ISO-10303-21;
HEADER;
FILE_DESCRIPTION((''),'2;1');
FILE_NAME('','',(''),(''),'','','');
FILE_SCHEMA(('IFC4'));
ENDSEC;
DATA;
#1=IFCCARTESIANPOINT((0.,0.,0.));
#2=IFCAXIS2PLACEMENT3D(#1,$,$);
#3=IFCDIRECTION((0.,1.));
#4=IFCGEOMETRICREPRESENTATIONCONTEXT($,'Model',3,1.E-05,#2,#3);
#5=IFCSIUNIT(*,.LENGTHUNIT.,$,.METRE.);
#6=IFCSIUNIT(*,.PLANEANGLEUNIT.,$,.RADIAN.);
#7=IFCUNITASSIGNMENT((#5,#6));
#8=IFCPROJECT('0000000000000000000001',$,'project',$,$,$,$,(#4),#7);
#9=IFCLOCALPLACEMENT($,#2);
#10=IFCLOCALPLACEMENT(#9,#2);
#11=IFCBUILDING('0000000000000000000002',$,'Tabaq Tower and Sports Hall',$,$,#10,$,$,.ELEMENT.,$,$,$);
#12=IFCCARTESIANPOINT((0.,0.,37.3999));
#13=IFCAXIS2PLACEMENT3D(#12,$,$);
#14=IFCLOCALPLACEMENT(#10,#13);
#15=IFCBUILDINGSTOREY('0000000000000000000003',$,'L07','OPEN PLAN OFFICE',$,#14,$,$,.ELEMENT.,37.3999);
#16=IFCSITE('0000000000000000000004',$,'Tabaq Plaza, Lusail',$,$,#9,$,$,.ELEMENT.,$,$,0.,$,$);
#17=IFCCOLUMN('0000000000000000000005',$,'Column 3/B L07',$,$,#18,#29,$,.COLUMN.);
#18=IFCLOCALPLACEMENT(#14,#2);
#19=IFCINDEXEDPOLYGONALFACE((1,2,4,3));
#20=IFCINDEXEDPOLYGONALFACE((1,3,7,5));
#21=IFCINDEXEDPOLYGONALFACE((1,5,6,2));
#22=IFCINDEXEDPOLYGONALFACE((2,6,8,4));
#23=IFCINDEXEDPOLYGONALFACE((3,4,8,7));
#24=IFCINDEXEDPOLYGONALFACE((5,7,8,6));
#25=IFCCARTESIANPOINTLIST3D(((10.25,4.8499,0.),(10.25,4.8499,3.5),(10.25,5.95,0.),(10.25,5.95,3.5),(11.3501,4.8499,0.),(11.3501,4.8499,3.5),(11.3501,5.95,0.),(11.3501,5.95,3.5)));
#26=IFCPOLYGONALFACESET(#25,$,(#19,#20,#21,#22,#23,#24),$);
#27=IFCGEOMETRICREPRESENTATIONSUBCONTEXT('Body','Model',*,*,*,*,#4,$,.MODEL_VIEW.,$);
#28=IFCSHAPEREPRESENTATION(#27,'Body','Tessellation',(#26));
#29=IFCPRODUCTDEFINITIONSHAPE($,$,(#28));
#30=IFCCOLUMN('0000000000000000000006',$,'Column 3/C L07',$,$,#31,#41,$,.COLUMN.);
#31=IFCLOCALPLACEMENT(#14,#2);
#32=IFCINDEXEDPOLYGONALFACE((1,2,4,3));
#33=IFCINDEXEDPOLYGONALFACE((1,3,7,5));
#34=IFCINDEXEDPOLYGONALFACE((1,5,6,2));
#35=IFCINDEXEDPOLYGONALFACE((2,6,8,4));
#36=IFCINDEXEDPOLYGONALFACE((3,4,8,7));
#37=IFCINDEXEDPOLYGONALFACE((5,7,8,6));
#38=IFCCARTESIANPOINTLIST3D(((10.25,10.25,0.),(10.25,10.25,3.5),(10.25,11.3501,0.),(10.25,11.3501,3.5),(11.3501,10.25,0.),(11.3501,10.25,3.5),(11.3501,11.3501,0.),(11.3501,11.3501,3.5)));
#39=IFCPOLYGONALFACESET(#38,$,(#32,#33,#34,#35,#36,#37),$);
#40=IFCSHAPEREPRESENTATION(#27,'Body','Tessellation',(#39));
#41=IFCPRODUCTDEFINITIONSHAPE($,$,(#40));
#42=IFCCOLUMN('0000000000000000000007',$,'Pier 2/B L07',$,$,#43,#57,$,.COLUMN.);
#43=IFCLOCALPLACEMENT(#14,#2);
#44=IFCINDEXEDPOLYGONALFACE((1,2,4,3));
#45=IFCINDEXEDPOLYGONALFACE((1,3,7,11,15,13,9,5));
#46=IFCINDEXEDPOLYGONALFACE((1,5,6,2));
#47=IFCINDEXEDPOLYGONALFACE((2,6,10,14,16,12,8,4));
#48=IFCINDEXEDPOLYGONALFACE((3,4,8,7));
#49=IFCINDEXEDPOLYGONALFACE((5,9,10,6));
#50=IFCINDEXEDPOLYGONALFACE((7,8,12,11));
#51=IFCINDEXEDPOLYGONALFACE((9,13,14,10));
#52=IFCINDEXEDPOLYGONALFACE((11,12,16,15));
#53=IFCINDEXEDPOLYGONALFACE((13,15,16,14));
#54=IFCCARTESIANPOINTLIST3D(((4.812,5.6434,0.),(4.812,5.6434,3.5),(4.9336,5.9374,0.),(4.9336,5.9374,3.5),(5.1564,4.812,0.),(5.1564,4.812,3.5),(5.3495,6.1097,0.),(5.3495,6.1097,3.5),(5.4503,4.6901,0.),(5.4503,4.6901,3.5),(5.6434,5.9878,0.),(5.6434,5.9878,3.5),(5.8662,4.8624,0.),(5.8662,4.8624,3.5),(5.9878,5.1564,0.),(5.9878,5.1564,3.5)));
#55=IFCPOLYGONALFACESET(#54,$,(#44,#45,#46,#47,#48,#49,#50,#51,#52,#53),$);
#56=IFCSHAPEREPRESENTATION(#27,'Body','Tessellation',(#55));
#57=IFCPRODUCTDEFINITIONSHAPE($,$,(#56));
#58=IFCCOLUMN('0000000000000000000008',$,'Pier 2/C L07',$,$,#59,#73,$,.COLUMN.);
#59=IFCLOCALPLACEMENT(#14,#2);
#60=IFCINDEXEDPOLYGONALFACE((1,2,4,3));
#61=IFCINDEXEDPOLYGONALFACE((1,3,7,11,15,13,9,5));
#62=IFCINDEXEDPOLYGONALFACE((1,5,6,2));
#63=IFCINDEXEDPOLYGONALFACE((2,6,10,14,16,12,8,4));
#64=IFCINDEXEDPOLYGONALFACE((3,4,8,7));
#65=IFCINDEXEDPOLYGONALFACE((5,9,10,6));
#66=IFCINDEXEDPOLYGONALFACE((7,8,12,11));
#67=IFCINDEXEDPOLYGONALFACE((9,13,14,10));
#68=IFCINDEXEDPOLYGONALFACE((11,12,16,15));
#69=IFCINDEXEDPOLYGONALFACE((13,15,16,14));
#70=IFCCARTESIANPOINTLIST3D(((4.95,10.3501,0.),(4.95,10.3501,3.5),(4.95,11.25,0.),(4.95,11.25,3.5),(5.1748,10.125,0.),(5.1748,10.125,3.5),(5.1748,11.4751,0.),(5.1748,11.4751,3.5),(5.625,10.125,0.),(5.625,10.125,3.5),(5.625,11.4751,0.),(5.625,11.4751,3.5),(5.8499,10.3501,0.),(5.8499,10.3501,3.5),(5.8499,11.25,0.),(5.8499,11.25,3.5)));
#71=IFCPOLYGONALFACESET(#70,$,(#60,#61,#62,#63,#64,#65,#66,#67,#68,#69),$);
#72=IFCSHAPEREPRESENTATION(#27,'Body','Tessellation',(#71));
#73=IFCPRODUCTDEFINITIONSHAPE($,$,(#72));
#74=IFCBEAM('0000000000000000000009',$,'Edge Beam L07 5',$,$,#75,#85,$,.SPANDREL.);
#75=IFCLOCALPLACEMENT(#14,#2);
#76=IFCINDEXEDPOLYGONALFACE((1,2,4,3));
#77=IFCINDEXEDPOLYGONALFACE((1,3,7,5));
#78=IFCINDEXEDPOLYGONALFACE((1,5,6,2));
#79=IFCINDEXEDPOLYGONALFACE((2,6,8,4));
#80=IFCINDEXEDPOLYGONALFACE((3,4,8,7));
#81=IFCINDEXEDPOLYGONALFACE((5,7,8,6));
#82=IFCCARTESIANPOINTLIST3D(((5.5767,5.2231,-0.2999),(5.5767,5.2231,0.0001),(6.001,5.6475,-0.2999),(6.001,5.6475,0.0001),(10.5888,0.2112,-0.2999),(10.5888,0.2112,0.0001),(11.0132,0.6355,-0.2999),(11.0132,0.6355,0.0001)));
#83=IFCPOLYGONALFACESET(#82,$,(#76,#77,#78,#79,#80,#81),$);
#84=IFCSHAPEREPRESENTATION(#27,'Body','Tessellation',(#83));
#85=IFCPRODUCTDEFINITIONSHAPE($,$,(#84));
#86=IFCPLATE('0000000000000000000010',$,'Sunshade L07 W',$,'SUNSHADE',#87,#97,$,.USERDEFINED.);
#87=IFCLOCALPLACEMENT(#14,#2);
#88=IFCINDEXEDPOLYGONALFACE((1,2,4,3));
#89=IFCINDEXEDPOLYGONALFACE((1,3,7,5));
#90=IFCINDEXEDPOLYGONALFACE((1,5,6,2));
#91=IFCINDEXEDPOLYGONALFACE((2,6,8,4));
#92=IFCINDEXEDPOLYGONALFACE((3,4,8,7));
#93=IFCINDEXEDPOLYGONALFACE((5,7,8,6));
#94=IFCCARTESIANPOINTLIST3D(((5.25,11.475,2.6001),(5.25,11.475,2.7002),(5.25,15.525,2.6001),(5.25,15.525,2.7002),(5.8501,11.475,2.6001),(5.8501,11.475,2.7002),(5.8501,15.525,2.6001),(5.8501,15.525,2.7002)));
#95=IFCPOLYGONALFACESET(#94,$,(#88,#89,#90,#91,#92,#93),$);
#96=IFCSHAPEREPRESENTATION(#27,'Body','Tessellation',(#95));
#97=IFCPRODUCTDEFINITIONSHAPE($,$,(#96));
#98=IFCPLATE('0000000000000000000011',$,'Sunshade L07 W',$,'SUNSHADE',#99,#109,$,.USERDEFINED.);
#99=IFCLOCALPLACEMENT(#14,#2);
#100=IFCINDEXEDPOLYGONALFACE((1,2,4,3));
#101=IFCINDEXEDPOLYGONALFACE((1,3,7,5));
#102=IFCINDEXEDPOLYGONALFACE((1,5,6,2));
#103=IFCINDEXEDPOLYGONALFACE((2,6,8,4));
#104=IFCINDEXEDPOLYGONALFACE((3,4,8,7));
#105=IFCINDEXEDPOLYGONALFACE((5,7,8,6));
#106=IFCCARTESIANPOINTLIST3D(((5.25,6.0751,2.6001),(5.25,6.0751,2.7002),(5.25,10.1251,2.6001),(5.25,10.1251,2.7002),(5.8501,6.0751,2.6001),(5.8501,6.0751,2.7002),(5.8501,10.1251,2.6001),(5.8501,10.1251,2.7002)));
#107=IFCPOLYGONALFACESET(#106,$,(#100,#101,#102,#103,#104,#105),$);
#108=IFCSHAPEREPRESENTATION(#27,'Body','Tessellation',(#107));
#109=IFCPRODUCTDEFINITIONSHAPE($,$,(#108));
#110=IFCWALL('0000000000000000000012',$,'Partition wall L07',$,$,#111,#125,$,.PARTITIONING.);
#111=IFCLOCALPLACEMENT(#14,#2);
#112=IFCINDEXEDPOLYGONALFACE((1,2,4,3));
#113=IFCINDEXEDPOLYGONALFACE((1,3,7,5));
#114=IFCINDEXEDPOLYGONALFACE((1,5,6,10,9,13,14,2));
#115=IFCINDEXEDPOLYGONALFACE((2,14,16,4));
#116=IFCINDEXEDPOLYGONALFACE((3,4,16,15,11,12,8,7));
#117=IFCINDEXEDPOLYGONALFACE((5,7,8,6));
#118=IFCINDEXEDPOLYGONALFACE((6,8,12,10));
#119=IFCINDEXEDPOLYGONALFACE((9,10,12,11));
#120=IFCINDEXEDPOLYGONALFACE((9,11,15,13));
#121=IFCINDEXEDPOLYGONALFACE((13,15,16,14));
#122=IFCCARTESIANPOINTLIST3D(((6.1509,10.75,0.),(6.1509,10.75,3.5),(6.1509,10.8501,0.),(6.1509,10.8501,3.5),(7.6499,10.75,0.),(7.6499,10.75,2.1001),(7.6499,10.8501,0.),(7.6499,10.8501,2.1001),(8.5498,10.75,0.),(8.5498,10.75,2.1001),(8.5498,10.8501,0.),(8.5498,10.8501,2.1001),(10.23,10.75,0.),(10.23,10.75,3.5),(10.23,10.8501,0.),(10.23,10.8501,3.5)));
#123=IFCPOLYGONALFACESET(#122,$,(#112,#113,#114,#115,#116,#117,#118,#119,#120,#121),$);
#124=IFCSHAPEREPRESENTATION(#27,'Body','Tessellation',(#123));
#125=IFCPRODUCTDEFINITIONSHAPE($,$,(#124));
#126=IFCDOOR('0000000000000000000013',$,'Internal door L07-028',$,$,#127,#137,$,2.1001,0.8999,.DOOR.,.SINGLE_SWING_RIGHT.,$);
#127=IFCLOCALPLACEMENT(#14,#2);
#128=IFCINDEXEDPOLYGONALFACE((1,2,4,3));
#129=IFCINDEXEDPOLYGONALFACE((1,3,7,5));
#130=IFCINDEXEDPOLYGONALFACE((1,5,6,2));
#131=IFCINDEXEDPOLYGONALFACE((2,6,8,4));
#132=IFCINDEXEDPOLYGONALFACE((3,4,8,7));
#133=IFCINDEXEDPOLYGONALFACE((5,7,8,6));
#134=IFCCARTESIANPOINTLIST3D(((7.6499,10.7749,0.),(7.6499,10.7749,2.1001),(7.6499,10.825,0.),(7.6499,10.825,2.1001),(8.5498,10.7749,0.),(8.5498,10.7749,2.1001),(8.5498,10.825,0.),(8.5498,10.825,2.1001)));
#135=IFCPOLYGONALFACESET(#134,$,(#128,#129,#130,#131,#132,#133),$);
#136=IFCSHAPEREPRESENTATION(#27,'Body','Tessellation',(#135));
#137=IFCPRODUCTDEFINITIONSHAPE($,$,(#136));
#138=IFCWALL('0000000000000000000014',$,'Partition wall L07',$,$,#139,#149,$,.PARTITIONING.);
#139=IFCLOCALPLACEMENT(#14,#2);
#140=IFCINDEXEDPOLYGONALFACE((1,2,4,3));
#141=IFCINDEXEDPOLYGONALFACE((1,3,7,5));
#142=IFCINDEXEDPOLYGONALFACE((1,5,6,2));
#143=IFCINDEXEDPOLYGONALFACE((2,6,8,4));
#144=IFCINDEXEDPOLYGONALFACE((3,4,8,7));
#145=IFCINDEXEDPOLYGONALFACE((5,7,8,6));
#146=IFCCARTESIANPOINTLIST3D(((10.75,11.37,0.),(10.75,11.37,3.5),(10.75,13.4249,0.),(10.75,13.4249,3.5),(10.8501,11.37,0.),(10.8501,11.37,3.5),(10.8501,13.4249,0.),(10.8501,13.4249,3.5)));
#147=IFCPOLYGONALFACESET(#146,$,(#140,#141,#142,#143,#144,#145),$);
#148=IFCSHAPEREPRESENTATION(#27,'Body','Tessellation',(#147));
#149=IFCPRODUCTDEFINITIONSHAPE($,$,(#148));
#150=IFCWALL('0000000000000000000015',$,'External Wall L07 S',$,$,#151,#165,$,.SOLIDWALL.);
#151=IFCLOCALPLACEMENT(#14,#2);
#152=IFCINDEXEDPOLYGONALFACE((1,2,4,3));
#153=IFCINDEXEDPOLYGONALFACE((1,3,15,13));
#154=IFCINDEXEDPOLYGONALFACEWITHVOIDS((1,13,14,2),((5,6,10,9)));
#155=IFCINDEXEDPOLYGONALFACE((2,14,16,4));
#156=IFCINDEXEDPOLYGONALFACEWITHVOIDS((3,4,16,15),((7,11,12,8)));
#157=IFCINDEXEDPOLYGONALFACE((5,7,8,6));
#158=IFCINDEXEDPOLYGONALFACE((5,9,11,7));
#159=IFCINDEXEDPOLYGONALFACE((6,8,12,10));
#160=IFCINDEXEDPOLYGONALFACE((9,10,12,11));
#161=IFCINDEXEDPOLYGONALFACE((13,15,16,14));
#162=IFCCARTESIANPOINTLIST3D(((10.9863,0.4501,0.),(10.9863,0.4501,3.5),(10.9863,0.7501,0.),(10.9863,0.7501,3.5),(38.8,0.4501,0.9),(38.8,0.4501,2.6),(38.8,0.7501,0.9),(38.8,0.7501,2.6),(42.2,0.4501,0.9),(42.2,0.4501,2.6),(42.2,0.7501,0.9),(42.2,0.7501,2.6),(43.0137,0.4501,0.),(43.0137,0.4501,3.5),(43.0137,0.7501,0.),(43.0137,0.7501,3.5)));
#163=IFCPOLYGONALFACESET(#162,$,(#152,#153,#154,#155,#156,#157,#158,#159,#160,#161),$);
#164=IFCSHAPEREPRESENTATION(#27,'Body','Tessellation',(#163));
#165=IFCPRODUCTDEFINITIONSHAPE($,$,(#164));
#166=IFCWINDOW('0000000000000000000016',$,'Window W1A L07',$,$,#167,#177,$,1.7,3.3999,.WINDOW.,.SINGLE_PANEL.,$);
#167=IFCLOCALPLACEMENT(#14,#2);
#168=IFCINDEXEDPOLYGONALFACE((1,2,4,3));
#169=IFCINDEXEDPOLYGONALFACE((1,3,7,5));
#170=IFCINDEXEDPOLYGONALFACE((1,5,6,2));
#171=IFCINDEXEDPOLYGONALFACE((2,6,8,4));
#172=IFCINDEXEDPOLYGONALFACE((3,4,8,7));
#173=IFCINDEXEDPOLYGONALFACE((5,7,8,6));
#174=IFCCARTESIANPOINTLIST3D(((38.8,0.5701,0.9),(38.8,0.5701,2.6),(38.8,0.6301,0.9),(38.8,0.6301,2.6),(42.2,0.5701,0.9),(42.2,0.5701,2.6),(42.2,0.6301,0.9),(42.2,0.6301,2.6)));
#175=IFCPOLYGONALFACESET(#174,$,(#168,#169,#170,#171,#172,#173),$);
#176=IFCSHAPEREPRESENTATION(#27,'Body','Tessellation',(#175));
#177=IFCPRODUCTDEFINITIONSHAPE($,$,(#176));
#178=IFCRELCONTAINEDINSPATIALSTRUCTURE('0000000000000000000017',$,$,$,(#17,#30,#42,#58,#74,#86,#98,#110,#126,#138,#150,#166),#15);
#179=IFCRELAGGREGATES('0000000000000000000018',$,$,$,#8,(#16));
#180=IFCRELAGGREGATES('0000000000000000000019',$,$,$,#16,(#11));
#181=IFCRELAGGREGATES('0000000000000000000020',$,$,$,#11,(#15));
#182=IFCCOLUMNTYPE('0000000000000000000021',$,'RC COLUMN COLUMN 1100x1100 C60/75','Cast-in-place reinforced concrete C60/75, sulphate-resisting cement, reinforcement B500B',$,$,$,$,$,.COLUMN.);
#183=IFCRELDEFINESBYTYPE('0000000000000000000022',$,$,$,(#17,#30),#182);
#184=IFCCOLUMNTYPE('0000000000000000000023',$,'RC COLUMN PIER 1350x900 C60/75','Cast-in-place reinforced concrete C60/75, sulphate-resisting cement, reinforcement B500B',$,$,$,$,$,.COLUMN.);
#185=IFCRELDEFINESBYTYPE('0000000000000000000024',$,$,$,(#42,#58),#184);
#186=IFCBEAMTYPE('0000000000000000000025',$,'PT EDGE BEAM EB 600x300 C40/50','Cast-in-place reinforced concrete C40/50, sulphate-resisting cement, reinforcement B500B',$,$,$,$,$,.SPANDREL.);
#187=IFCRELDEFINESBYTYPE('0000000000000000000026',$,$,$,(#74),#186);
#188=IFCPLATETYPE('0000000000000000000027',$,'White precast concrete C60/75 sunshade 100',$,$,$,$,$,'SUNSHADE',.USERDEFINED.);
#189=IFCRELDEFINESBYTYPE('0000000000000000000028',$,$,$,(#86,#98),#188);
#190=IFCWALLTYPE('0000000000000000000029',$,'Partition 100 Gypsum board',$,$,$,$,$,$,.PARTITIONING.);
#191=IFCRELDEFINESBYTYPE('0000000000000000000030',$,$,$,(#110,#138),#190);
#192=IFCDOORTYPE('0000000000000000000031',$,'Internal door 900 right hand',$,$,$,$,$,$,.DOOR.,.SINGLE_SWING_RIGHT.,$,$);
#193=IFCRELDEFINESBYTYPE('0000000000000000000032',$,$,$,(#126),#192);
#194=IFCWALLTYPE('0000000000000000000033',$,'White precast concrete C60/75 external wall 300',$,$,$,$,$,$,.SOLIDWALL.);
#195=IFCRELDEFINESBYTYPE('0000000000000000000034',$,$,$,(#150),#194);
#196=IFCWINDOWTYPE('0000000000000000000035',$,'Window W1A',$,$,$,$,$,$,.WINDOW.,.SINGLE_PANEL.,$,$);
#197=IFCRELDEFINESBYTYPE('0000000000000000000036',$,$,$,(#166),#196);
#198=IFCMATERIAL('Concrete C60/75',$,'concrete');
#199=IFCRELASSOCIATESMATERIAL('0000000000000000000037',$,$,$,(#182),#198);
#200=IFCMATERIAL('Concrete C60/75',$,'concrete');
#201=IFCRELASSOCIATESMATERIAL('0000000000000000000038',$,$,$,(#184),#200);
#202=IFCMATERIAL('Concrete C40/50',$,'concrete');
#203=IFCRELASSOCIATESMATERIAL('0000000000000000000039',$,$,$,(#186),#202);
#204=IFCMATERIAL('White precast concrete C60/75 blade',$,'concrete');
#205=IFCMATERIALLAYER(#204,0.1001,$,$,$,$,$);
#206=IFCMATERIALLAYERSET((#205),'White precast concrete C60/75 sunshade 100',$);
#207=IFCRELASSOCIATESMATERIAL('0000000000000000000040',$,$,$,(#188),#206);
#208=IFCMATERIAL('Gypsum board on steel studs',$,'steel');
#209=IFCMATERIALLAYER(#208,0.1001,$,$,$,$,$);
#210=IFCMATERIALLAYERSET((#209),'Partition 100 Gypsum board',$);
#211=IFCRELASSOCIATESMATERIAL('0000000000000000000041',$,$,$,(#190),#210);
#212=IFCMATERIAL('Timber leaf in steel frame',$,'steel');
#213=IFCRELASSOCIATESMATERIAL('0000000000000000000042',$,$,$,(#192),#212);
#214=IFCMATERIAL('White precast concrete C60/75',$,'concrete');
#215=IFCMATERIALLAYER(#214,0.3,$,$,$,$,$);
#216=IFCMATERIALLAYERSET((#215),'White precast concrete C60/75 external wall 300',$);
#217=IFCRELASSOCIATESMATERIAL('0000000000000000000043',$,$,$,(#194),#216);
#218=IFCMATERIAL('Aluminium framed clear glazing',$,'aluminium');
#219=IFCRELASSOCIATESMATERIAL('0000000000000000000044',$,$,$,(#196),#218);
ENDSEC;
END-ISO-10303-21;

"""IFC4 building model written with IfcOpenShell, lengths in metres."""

from ifc_helpers import new_model, si_unit, direction, frame, frame_2d, origin, origin_2d, place, context, subcontext, project, spatial, polyline, rectangle, outline, extrude, material, layer, layer_set, material_profile, profile_set, type_object, element, fill, save


model = new_model("IFC4")

# Units and contexts
model_context = context("Model", 3, precision=1e-05, world=origin(), true_north=direction((0.0, 1.0)))
body_context = subcontext(model_context, "Body", "Model", "MODEL_VIEW")
ifc_project = project(units=[si_unit("LENGTHUNIT", "METRE"), si_unit("PLANEANGLEUNIT", "RADIAN")], contexts=[model_context])

# Site, building, storey
site_placement = place(None, origin())
site = spatial("IfcSite", under=ifc_project, at=site_placement, Name="Tabaq Plaza, Lusail", CompositionType="ELEMENT", RefElevation=0.0)
building_placement = place(site_placement, origin())
building = spatial("IfcBuilding", under=site, at=building_placement, Name="Tabaq Tower and Sports Hall", CompositionType="ELEMENT")
storey_placement = place(building_placement, frame((0.0, 0.0, 37.3999)))
storey = spatial("IfcBuildingStorey", under=building, at=storey_placement, Name="L07", Description="OPEN PLAN OFFICE", CompositionType="ELEMENT", Elevation=37.3999)

# Columns
ifc_material_1 = material(Name="Concrete C60/75", Category="concrete")
ifc_material_profile_1 = material_profile(ifc_material_1, rectangle(XDim=1.1001, YDim=1.1001, at=origin_2d()), Name="COLUMN 1100x1100")
ifc_profile_set_1 = profile_set([ifc_material_profile_1], Name="Concrete C60/75")
column_type_1 = type_object("IfcColumnType", Name="RC COLUMN COLUMN 1100x1100 C60/75", Description="Cast-in-place reinforced concrete C60/75, sulphate-resisting cement, reinforcement B500B", PredefinedType="COLUMN", material=ifc_profile_set_1)
for number, where, z_axis, x_axis, name in (
    (1, (10.8, 5.3999, 0.0), (0.0, 0.0, 1.0), (1.0, 0.0, 0.0), "Column 3/B L07"),
    (2, (10.8, 10.8, 0.0), (0.0, 0.0, 1.0), (1.0, 0.0, 0.0), "Column 3/C L07"),
):
    element("IfcColumn", number, at=place(storey_placement, frame(where, z_axis=z_axis, x_axis=x_axis)), inside=storey, type_object=column_type_1, Name=name, PredefinedType="COLUMN", context=body_context, shape_type="SweptSolid", body=[
        extrude(rectangle(XDim=1.1001, YDim=1.1001, at=origin_2d()), origin(), (0.0, 0.0, 1.0), 3.5),
    ])
ifc_material_2 = material(Name="Concrete C60/75", Category="concrete")
ifc_material_profile_2 = material_profile(ifc_material_2, outline(polyline([(-0.45, -0.45), (0.45, -0.45), (0.675, -0.2251), (0.675, 0.2251), (0.45, 0.45), (-0.45, 0.45), (-0.675, 0.2251), (-0.675, -0.2251), (-0.45, -0.45)])), Name="PIER 1350x900")
ifc_profile_set_2 = profile_set([ifc_material_profile_2], Name="Concrete C60/75")
column_type_2 = type_object("IfcColumnType", Name="RC COLUMN PIER 1350x900 C60/75", Description="Cast-in-place reinforced concrete C60/75, sulphate-resisting cement, reinforcement B500B", PredefinedType="COLUMN", material=ifc_profile_set_2)
for number, where, z_axis, x_axis, name in (
    (3, (5.3999, 5.3999, 0.0), (0.0, 0.0, 1.0), (-0.382683, 0.92388, 0.0), "Pier 2/B L07"),
    (4, (5.3999, 10.8, 0.0), (0.0, 0.0, 1.0), (0.0, 1.0, 0.0), "Pier 2/C L07"),
):
    element("IfcColumn", number, at=place(storey_placement, frame(where, z_axis=z_axis, x_axis=x_axis)), inside=storey, type_object=column_type_2, Name=name, PredefinedType="COLUMN", context=body_context, shape_type="SweptSolid", body=[
        extrude(outline(polyline([(-0.45, -0.45), (0.45, -0.45), (0.675, -0.2251), (0.675, 0.2251), (0.45, 0.45), (-0.45, 0.45), (-0.675, 0.2251), (-0.675, -0.2251), (-0.45, -0.45)])), origin(), (0.0, 0.0, 1.0), 3.5),
    ])

# Beam
ifc_material_3 = material(Name="Concrete C40/50", Category="concrete")
ifc_material_profile_3 = material_profile(ifc_material_3, rectangle(XDim=0.6001, YDim=0.3, at=origin_2d()), Name="EB 600x300")
ifc_profile_set_3 = profile_set([ifc_material_profile_3], Name="Concrete C40/50")
beam_type = type_object("IfcBeamType", Name="PT EDGE BEAM EB 600x300 C40/50", Description="Cast-in-place reinforced concrete C40/50, sulphate-resisting cement, reinforcement B500B", PredefinedType="SPANDREL", material=ifc_profile_set_3)
beam_placement = place(storey_placement, frame((5.7888, 5.4353, -0.1499), z_axis=(0.707124, -0.70709, 0.0), x_axis=(0.70709, 0.707124, 0.0)))
element("IfcBeam", 5, at=beam_placement, inside=storey, type_object=beam_type, Name="Edge Beam L07 5", PredefinedType="SPANDREL", context=body_context, shape_type="SweptSolid", body=[
    extrude(rectangle(XDim=0.6001, YDim=0.3, at=origin_2d()), origin(), (0.0, 0.0, 1.0), 7.0881),
])

# Plates
ifc_material_4 = material(Name="White precast concrete C60/75 blade", Category="concrete")
ifc_layer_1 = layer(ifc_material_4, 0.1001)
ifc_layer_set_1 = layer_set([ifc_layer_1], Name="White precast concrete C60/75 sunshade 100")
plate_type = type_object("IfcPlateType", Name="White precast concrete C60/75 sunshade 100", ElementType="SUNSHADE", PredefinedType="USERDEFINED", material=ifc_layer_set_1)
for number, where, z_axis, x_axis, name in (
    (6, (5.55, 13.5, 2.6001), (0.0, 0.0, 1.0), (0.0, -1.0, 0.0), "Sunshade L07 W"),
    (7, (5.55, 8.1001, 2.6001), (0.0, 0.0, 1.0), (0.0, -1.0, 0.0), "Sunshade L07 W"),
):
    element("IfcPlate", number, at=place(storey_placement, frame(where, z_axis=z_axis, x_axis=x_axis)), inside=storey, type_object=plate_type, Name=name, ObjectType="SUNSHADE", PredefinedType="USERDEFINED", context=body_context, shape_type="SweptSolid", body=[
        extrude(rectangle(XDim=4.05, YDim=0.6001, at=origin_2d()), origin(), (0.0, 0.0, 1.0), 0.1001),
    ])

# Wall, opening, door
ifc_material_5 = material(Name="Gypsum board on steel studs", Category="steel")
ifc_layer_2 = layer(ifc_material_5, 0.1001)
ifc_layer_set_2 = layer_set([ifc_layer_2], Name="Partition 100 Gypsum board")
wall_type_1 = type_object("IfcWallType", Name="Partition 100 Gypsum board", PredefinedType="PARTITIONING", material=ifc_layer_set_2)
wall_1_placement = place(storey_placement, frame((6.1509, 10.8, 0.0), z_axis=(0.0, 0.0, 1.0), x_axis=(1.0, 0.0, 0.0)))
wall_1 = element("IfcWall", 8, at=wall_1_placement, inside=storey, type_object=wall_type_1, Name="Partition wall L07", PredefinedType="PARTITIONING", context=body_context, shape_type="SweptSolid", body=[
    extrude(rectangle(XDim=4.0791, YDim=0.1001, at=frame_2d((2.0396, 0.0))), origin(), (0.0, 0.0, 1.0), 3.5),
])
opening_1_placement = place(wall_1_placement, frame((1.499, 0.0, 0.0)))
opening_1 = element("IfcOpeningElement", 9, at=opening_1_placement, cuts=wall_1, PredefinedType="OPENING", context=body_context, shape_type="SweptSolid", body=[
    extrude(rectangle(XDim=0.8999, YDim=2.1001, at=frame_2d((0.45, 1.05))), frame((0.0, 0.05, 0.0), z_axis=(0.0, -1.0, 0.0), x_axis=(1.0, 0.0, 0.0)), (0.0, 0.0, 1.0), 0.1001),
])
ifc_material_6 = material(Name="Timber leaf in steel frame", Category="steel")
door_type = type_object("IfcDoorType", Name="Internal door 900 right hand", OperationType="SINGLE_SWING_RIGHT", PredefinedType="DOOR", material=ifc_material_6)
door_placement = place(opening_1_placement, origin())
door = element("IfcDoor", 10, at=door_placement, inside=storey, type_object=door_type, Name="Internal door L07-028", OperationType="SINGLE_SWING_RIGHT", OverallHeight=2.1001, OverallWidth=0.8999, PredefinedType="DOOR", context=body_context, shape_type="SweptSolid", body=[
    extrude(rectangle(XDim=0.8999, YDim=2.1001, at=frame_2d((0.45, 1.05))), frame((0.0, 0.0249, 0.0), z_axis=(0.0, -1.0, 0.0), x_axis=(1.0, 0.0, 0.0)), (0.0, 0.0, 1.0), 0.05),
])
fill(opening_1, door)

# Wall
wall_2_placement = place(storey_placement, frame((10.8, 11.3701, 0.0), z_axis=(0.0, 0.0, 1.0), x_axis=(0.0, 1.0, 0.0)))
element("IfcWall", 11, at=wall_2_placement, inside=storey, type_object=wall_type_1, Name="Partition wall L07", PredefinedType="PARTITIONING", context=body_context, shape_type="SweptSolid", body=[
    extrude(rectangle(XDim=2.0549, YDim=0.1001, at=frame_2d((1.0273, 0.0))), origin(), (0.0, 0.0, 1.0), 3.5),
])

# Wall, opening, window
ifc_material_7 = material(Name="White precast concrete C60/75", Category="concrete")
ifc_layer_3 = layer(ifc_material_7, 0.3)
ifc_layer_set_3 = layer_set([ifc_layer_3], Name="White precast concrete C60/75 external wall 300")
wall_type_2 = type_object("IfcWallType", Name="White precast concrete C60/75 external wall 300", PredefinedType="SOLIDWALL", material=ifc_layer_set_3)
wall_3_placement = place(storey_placement, frame((10.9863, 0.6001, 0.0), z_axis=(0.0, 0.0, 1.0), x_axis=(1.0, 0.0, 0.0)))
wall_3 = element("IfcWall", 12, at=wall_3_placement, inside=storey, type_object=wall_type_2, Name="External Wall L07 S", PredefinedType="SOLIDWALL", context=body_context, shape_type="SweptSolid", body=[
    extrude(rectangle(XDim=32.0273, YDim=0.3, at=frame_2d((16.0137, 0.0))), origin(), (0.0, 0.0, 1.0), 3.5),
])
opening_2_placement = place(wall_3_placement, frame((27.8137, 0.0, 0.8999)))
opening_2 = element("IfcOpeningElement", 13, at=opening_2_placement, cuts=wall_3, PredefinedType="OPENING", context=body_context, shape_type="SweptSolid", body=[
    extrude(rectangle(XDim=3.3999, YDim=1.7, at=frame_2d((1.7, 0.8501))), frame((0.0, 0.1602, 0.0), z_axis=(0.0, -1.0, 0.0), x_axis=(1.0, 0.0, 0.0)), (0.0, 0.0, 1.0), 0.3201),
])
ifc_material_8 = material(Name="Aluminium framed clear glazing", Category="aluminium")
window_type_1 = type_object("IfcWindowType", Name="Window W1A", PartitioningType="SINGLE_PANEL", PredefinedType="WINDOW", material=ifc_material_8)
window_1_placement = place(opening_2_placement, origin())
window_1 = element("IfcWindow", 14, at=window_1_placement, inside=storey, type_object=window_type_1, Name="Window W1A L07", OverallHeight=1.7, OverallWidth=3.3999, PartitioningType="SINGLE_PANEL", PredefinedType="WINDOW", context=body_context, shape_type="SweptSolid", body=[
    extrude(rectangle(XDim=3.3999, YDim=1.7, at=frame_2d((1.7, 0.8501))), frame((0.0, 0.03, 0.0), z_axis=(0.0, -1.0, 0.0), x_axis=(1.0, 0.0, 0.0)), (0.0, 0.0, 1.0), 0.0601),
])
fill(opening_2, window_1)

save(model, "model.ifc")
